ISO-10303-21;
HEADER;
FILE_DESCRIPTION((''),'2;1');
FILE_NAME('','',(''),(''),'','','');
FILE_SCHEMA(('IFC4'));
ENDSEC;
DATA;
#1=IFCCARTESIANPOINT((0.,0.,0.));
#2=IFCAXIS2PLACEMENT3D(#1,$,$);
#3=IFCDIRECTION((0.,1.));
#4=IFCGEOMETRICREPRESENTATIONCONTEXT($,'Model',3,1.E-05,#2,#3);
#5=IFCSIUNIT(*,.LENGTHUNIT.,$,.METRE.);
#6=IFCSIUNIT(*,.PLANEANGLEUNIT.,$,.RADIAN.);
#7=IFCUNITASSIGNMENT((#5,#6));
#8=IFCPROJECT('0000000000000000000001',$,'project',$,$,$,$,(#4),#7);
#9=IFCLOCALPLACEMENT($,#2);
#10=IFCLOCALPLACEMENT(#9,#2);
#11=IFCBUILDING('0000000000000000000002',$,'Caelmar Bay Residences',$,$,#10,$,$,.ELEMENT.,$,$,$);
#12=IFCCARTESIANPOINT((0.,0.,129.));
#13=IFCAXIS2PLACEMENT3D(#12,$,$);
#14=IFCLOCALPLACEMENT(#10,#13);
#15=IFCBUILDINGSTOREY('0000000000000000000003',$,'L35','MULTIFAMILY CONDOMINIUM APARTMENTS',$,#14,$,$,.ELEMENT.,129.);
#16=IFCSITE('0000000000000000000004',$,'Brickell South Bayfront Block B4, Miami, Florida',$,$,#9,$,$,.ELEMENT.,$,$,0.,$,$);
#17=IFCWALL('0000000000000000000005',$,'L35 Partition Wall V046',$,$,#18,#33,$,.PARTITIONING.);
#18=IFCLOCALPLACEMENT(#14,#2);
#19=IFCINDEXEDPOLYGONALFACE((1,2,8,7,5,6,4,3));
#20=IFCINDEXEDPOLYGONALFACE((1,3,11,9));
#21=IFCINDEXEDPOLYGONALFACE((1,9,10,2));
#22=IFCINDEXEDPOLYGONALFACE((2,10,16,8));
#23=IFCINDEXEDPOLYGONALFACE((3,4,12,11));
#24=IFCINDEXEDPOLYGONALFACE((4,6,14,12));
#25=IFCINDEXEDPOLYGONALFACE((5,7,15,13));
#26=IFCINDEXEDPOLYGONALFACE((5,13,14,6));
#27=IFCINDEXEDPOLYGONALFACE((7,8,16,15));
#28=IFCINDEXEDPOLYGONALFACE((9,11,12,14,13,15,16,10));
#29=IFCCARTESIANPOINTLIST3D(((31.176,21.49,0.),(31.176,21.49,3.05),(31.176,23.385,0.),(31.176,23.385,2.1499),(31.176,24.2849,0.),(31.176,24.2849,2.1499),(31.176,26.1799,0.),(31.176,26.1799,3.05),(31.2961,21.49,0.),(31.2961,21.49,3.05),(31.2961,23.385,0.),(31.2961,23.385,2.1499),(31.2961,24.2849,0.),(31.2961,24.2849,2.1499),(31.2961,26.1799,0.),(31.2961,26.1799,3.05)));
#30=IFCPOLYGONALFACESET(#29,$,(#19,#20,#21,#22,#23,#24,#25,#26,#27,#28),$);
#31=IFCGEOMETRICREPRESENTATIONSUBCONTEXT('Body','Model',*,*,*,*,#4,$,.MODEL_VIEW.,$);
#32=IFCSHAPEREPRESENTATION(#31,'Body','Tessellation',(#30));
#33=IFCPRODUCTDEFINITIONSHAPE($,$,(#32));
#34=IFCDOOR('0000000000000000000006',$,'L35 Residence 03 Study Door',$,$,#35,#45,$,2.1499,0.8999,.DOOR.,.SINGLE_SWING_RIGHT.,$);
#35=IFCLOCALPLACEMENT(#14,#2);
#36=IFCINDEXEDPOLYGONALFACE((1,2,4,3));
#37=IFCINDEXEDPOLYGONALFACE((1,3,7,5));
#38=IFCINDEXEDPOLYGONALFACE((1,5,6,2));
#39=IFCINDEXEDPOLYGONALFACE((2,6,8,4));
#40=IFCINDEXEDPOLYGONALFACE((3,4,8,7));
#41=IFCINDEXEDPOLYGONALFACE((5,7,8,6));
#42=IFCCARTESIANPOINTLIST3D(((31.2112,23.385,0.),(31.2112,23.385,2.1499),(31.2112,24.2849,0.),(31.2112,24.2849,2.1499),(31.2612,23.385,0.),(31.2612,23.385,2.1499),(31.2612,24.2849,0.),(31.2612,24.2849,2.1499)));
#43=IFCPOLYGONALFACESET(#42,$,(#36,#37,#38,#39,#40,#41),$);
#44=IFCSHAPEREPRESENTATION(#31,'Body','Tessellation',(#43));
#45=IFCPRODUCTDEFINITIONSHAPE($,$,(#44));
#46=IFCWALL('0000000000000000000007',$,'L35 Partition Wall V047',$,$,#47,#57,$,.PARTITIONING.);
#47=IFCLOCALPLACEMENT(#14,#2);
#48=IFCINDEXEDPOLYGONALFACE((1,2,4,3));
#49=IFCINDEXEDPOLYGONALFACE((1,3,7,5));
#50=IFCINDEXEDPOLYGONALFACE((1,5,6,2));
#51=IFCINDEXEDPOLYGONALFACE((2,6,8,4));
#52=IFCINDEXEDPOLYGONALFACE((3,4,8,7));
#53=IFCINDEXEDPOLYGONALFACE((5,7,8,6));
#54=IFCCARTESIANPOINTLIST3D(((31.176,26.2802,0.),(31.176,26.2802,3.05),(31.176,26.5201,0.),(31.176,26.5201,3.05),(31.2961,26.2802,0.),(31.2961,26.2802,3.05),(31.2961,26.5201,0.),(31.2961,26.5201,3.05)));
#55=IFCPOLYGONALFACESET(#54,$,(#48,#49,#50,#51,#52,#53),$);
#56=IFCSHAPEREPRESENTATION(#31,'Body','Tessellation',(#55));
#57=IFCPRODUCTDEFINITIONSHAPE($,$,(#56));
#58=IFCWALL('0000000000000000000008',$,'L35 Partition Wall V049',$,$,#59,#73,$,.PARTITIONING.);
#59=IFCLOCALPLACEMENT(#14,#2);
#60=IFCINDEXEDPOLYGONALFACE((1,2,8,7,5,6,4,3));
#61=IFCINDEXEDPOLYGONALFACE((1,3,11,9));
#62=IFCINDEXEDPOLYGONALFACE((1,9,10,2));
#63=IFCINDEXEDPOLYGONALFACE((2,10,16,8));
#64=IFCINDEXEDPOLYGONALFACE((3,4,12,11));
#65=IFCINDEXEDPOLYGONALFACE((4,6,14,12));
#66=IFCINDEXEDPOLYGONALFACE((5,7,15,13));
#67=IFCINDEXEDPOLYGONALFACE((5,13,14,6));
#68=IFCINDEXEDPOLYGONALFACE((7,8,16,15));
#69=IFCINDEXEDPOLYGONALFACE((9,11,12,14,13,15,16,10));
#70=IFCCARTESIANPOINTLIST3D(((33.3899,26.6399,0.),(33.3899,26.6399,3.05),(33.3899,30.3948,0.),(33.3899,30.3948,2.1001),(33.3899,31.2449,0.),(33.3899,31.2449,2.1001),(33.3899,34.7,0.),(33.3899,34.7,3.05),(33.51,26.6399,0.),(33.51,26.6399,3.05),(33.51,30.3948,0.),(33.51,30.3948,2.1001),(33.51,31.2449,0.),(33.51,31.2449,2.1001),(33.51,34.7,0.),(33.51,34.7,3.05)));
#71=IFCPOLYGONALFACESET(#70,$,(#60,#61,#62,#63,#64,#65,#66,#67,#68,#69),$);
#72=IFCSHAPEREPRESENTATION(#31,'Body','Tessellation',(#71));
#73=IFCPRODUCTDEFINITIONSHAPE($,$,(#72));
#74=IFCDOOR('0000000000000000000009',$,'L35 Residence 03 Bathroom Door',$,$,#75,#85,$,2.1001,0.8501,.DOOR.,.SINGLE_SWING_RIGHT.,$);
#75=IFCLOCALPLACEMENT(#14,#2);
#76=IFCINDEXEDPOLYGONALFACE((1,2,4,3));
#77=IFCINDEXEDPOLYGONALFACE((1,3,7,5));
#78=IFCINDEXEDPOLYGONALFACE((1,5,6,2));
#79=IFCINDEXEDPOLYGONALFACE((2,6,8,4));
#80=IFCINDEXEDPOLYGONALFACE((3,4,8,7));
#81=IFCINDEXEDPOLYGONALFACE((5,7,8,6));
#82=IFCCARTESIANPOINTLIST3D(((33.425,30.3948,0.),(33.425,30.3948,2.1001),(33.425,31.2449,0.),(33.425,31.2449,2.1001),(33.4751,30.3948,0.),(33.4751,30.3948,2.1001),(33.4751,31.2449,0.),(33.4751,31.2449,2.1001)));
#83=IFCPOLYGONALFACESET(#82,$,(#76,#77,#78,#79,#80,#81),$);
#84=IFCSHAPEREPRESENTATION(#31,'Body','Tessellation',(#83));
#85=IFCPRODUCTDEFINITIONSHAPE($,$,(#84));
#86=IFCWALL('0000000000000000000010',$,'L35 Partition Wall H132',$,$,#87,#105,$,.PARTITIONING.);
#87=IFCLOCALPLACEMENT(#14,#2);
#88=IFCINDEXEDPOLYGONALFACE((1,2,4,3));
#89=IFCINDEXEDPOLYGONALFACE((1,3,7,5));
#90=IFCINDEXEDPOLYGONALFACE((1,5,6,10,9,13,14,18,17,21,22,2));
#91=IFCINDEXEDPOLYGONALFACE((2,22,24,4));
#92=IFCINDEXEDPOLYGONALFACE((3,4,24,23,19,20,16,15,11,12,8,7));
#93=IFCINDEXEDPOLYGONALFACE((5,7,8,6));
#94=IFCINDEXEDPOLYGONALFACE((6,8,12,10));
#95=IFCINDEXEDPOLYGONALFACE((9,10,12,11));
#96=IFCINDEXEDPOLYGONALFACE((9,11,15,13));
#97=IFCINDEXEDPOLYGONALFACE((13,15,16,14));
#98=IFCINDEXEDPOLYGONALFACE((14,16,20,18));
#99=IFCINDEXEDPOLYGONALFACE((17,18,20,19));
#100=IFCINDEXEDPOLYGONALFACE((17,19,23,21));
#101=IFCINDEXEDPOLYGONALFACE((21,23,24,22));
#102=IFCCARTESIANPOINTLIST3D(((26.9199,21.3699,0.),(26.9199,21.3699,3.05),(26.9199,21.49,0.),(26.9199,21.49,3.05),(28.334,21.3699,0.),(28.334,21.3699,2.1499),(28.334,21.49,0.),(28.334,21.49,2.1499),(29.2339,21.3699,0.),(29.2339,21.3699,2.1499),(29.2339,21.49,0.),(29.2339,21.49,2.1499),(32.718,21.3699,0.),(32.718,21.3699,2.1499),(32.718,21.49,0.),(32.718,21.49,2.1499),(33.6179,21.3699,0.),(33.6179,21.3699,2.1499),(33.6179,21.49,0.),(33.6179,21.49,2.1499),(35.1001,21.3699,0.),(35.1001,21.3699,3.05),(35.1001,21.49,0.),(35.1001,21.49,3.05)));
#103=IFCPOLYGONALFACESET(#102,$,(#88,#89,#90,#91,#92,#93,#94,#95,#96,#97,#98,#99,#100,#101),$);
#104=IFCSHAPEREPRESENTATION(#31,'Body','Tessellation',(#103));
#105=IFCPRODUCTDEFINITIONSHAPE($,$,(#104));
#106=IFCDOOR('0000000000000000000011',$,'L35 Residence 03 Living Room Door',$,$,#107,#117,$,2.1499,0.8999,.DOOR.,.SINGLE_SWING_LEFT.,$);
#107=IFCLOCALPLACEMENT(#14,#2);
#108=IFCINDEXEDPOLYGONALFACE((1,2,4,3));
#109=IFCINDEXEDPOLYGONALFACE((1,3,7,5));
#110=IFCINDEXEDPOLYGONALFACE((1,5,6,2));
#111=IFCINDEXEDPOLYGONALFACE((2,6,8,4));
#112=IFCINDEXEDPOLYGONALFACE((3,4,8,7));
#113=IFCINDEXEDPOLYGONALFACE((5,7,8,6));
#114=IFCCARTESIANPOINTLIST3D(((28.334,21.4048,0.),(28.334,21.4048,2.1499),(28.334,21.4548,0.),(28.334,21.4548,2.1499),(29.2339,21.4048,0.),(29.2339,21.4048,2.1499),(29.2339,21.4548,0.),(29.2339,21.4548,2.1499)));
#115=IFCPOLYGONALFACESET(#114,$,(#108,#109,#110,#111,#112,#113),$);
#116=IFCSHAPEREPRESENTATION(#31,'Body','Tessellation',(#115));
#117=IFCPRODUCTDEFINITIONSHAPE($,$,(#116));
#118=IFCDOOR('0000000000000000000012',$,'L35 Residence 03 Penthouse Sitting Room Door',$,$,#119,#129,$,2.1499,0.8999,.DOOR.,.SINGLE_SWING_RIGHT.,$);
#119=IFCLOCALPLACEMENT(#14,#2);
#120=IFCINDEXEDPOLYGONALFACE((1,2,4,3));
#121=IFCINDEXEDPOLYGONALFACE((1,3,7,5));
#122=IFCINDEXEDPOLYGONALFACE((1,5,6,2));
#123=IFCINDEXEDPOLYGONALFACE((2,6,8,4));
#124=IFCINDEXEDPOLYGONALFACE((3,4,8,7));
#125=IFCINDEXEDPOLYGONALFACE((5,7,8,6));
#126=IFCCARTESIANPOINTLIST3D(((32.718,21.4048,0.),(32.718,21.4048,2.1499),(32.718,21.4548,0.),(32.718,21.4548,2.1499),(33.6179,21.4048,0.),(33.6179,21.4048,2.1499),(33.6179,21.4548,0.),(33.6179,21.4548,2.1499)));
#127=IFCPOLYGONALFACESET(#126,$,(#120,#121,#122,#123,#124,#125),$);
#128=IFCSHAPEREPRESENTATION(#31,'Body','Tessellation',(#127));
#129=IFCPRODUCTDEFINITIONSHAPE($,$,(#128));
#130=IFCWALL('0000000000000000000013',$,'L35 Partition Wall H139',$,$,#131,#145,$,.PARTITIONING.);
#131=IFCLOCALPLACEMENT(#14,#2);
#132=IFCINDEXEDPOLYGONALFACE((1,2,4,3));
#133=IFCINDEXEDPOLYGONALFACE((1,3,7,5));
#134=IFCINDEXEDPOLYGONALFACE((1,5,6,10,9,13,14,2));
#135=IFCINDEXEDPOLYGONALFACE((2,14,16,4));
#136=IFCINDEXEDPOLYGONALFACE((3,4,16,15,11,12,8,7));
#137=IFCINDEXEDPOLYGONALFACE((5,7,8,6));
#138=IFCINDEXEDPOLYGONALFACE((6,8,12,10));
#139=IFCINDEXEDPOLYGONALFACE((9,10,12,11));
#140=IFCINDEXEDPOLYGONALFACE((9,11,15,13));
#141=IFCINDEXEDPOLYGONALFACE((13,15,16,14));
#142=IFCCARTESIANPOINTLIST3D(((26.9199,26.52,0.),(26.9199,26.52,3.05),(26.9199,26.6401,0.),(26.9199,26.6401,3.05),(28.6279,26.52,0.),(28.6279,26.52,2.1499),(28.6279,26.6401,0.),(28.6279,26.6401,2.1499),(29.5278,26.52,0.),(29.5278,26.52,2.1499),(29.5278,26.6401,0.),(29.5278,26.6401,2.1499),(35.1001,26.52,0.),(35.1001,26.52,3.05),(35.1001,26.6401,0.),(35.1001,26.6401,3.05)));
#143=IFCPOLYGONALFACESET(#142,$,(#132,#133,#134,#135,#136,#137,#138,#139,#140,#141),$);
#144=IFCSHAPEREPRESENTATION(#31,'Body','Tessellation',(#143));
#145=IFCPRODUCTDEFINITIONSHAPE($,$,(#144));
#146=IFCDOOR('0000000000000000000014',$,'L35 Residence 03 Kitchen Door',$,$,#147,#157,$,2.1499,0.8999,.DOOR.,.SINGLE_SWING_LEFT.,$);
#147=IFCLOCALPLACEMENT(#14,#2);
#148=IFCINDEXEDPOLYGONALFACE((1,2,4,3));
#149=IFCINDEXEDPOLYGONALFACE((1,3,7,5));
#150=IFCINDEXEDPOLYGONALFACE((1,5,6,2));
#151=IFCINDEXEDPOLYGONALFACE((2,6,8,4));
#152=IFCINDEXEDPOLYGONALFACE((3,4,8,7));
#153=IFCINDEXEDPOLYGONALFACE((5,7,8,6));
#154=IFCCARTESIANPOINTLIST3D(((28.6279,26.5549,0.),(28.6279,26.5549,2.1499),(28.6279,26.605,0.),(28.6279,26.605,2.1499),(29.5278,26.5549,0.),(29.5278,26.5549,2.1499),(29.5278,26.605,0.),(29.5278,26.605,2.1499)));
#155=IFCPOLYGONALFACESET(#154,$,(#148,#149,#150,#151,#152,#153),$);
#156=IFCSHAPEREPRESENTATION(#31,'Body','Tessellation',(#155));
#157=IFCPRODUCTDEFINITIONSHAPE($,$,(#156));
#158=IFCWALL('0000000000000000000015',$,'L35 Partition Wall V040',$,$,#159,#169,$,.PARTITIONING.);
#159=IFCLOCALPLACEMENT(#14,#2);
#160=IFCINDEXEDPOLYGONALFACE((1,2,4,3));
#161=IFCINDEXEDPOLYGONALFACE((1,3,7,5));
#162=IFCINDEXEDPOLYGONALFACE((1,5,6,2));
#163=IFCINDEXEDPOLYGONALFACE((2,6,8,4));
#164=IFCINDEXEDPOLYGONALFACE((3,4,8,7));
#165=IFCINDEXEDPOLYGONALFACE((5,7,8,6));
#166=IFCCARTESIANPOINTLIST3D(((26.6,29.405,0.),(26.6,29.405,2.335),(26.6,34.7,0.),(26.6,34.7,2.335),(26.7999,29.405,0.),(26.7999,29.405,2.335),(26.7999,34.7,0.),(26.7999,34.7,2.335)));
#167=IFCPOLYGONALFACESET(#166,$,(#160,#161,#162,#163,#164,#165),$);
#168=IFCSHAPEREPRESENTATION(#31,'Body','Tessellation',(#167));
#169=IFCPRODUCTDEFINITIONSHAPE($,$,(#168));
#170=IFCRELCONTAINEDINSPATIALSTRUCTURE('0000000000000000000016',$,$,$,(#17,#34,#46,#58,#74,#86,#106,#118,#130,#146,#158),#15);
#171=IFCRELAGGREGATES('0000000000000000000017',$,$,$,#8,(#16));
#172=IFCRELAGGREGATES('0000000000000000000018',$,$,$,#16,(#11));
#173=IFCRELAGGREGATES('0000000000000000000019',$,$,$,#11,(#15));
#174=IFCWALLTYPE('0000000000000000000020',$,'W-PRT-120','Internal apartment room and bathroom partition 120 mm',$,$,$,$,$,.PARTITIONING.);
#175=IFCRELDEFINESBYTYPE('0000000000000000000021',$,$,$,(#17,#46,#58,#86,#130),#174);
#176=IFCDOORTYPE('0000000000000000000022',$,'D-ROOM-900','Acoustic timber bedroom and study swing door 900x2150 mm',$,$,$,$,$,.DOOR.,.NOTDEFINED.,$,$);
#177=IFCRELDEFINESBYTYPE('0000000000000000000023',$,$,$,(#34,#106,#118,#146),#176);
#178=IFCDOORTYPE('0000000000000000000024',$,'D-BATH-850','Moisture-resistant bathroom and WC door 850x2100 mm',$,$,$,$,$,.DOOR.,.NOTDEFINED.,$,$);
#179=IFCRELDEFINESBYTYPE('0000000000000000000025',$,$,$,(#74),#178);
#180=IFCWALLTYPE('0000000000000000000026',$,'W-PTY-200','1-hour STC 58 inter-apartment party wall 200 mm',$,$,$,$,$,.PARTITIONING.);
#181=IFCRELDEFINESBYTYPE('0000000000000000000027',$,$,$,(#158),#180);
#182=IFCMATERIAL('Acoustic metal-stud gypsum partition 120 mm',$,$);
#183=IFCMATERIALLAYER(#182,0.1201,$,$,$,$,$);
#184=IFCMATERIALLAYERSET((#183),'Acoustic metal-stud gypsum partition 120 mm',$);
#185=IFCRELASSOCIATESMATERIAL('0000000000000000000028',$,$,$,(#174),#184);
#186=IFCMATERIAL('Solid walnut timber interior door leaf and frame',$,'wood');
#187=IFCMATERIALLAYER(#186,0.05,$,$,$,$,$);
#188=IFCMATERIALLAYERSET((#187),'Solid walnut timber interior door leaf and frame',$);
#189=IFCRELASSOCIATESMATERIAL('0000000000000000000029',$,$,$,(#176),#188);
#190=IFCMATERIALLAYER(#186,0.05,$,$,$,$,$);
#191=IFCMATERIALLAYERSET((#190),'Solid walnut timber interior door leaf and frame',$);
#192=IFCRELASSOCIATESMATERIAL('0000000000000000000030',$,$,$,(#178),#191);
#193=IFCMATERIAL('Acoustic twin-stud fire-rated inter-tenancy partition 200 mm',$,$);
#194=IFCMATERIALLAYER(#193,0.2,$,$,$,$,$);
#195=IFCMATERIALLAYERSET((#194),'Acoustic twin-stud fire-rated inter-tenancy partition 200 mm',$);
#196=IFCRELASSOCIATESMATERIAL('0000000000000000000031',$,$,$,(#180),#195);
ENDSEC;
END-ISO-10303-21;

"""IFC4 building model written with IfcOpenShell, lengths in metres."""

from ifc_helpers import new_model, si_unit, direction, frame, frame_2d, origin, place, context, subcontext, project, spatial, rectangle, extrude, material, layer, layer_set, type_object, element, fill, save


model = new_model("IFC4")

# Units and contexts
model_context = context("Model", 3, precision=1e-05, world=origin(), true_north=direction((0.0, 1.0)))
body_context = subcontext(model_context, "Body", "Model", "MODEL_VIEW")
ifc_project = project(units=[si_unit("LENGTHUNIT", "METRE"), si_unit("PLANEANGLEUNIT", "RADIAN")], contexts=[model_context])

# Site, building, storey
site_placement = place(None, origin())
site = spatial("IfcSite", under=ifc_project, at=site_placement, Name="Brickell South Bayfront Block B4, Miami, Florida", CompositionType="ELEMENT", RefElevation=0.0)
building_placement = place(site_placement, origin())
building = spatial("IfcBuilding", under=site, at=building_placement, Name="Caelmar Bay Residences", CompositionType="ELEMENT")
storey_placement = place(building_placement, frame((0.0, 0.0, 129.0)))
storey = spatial("IfcBuildingStorey", under=building, at=storey_placement, Name="L35", Description="MULTIFAMILY CONDOMINIUM APARTMENTS", CompositionType="ELEMENT", Elevation=129.0)

# Shared definitions
ifc_material_1 = material(Name="Acoustic metal-stud gypsum partition 120 mm")
ifc_layer_1 = layer(ifc_material_1, 0.1201)
ifc_layer_set_1 = layer_set([ifc_layer_1], Name="Acoustic metal-stud gypsum partition 120 mm")
wall_type_1 = type_object("IfcWallType", Name="W-PRT-120", Description="Internal apartment room and bathroom partition 120 mm", PredefinedType="PARTITIONING", material=ifc_layer_set_1)

# Wall, opening, door
wall_1_placement = place(storey_placement, frame((31.2361, 21.49, 0.0), z_axis=(0.0, 0.0, 1.0), x_axis=(0.0, 1.0, 0.0)))
wall_1 = element("IfcWall", 1, at=wall_1_placement, inside=storey, type_object=wall_type_1, Name="L35 Partition Wall V046", PredefinedType="PARTITIONING", context=body_context, shape_type="SweptSolid", body=[
    extrude(rectangle(XDim=4.6899, YDim=0.1201, at=frame_2d((2.345, 0.0))), origin(), (0.0, 0.0, 1.0), 3.05),
])
opening_1_placement = place(wall_1_placement, frame((1.895, 0.0, 0.0)))
opening_1 = element("IfcOpeningElement", 2, at=opening_1_placement, cuts=wall_1, PredefinedType="OPENING", context=body_context, shape_type="SweptSolid", body=[
    extrude(rectangle(XDim=0.8999, YDim=2.1499, at=frame_2d((0.45, 1.075))), frame((0.0, 0.0701, 0.0), z_axis=(0.0, -1.0, 0.0), x_axis=(1.0, 0.0, 0.0)), (0.0, 0.0, 1.0), 0.1401),
])
ifc_material_2 = material(Name="Solid walnut timber interior door leaf and frame", Category="wood")
ifc_layer_2 = layer(ifc_material_2, 0.05)
ifc_layer_set_2 = layer_set([ifc_layer_2], Name="Solid walnut timber interior door leaf and frame")
door_type_1 = type_object("IfcDoorType", Name="D-ROOM-900", Description="Acoustic timber bedroom and study swing door 900x2150 mm", OperationType="NOTDEFINED", PredefinedType="DOOR", material=ifc_layer_set_2)
door_1_placement = place(opening_1_placement, origin())
door_1 = element("IfcDoor", 3, at=door_1_placement, inside=storey, type_object=door_type_1, Name="L35 Residence 03 Study Door", OperationType="SINGLE_SWING_RIGHT", OverallHeight=2.1499, OverallWidth=0.8999, PredefinedType="DOOR", context=body_context, shape_type="SweptSolid", body=[
    extrude(rectangle(XDim=0.8999, YDim=2.1499, at=frame_2d((0.45, 1.075))), frame((0.0, 0.0249, 0.0), z_axis=(0.0, -1.0, 0.0), x_axis=(1.0, 0.0, 0.0)), (0.0, 0.0, 1.0), 0.05),
])
fill(opening_1, door_1)

# Wall
wall_2_placement = place(storey_placement, frame((31.2361, 26.28, 0.0), z_axis=(0.0, 0.0, 1.0), x_axis=(0.0, 1.0, 0.0)))
element("IfcWall", 4, at=wall_2_placement, inside=storey, type_object=wall_type_1, Name="L35 Partition Wall V047", PredefinedType="PARTITIONING", context=body_context, shape_type="SweptSolid", body=[
    extrude(rectangle(XDim=0.24, YDim=0.1201, at=frame_2d((0.1201, 0.0))), origin(), (0.0, 0.0, 1.0), 3.05),
])

# Wall, opening, door
wall_3_placement = place(storey_placement, frame((33.45, 26.6399, 0.0), z_axis=(0.0, 0.0, 1.0), x_axis=(0.0, 1.0, 0.0)))
wall_3 = element("IfcWall", 5, at=wall_3_placement, inside=storey, type_object=wall_type_1, Name="L35 Partition Wall V049", PredefinedType="PARTITIONING", context=body_context, shape_type="SweptSolid", body=[
    extrude(rectangle(XDim=8.0601, YDim=0.1201, at=frame_2d((4.03, 0.0))), origin(), (0.0, 0.0, 1.0), 3.05),
])
opening_2_placement = place(wall_3_placement, frame((3.7549, 0.0, 0.0)))
opening_2 = element("IfcOpeningElement", 6, at=opening_2_placement, cuts=wall_3, PredefinedType="OPENING", context=body_context, shape_type="SweptSolid", body=[
    extrude(rectangle(XDim=0.8501, YDim=2.1001, at=frame_2d((0.425, 1.05))), frame((0.0, 0.0701, 0.0), z_axis=(0.0, -1.0, 0.0), x_axis=(1.0, 0.0, 0.0)), (0.0, 0.0, 1.0), 0.1401),
])
ifc_layer_3 = layer(ifc_material_2, 0.05)
ifc_layer_set_3 = layer_set([ifc_layer_3], Name="Solid walnut timber interior door leaf and frame")
door_type_2 = type_object("IfcDoorType", Name="D-BATH-850", Description="Moisture-resistant bathroom and WC door 850x2100 mm", OperationType="NOTDEFINED", PredefinedType="DOOR", material=ifc_layer_set_3)
door_2_placement = place(opening_2_placement, origin())
door_2 = element("IfcDoor", 7, at=door_2_placement, inside=storey, type_object=door_type_2, Name="L35 Residence 03 Bathroom Door", OperationType="SINGLE_SWING_RIGHT", OverallHeight=2.1001, OverallWidth=0.8501, PredefinedType="DOOR", context=body_context, shape_type="SweptSolid", body=[
    extrude(rectangle(XDim=0.8501, YDim=2.1001, at=frame_2d((0.425, 1.05))), frame((0.0, 0.0249, 0.0), z_axis=(0.0, -1.0, 0.0), x_axis=(1.0, 0.0, 0.0)), (0.0, 0.0, 1.0), 0.05),
])
fill(opening_2, door_2)

# Wall, openings, doors
wall_4_placement = place(storey_placement, frame((26.9199, 21.4299, 0.0), z_axis=(0.0, 0.0, 1.0), x_axis=(1.0, 0.0, 0.0)))
wall_4 = element("IfcWall", 8, at=wall_4_placement, inside=storey, type_object=wall_type_1, Name="L35 Partition Wall H132", PredefinedType="PARTITIONING", context=body_context, shape_type="SweptSolid", body=[
    extrude(rectangle(XDim=8.1802, YDim=0.1201, at=frame_2d((4.0901, 0.0))), origin(), (0.0, 0.0, 1.0), 3.05),
])
opening_3_placement = place(wall_4_placement, frame((1.4141, 0.0, 0.0)))
opening_3 = element("IfcOpeningElement", 9, at=opening_3_placement, cuts=wall_4, PredefinedType="OPENING", context=body_context, shape_type="SweptSolid", body=[
    extrude(rectangle(XDim=0.8999, YDim=2.1499, at=frame_2d((0.45, 1.075))), frame((0.0, 0.0701, 0.0), z_axis=(0.0, -1.0, 0.0), x_axis=(1.0, 0.0, 0.0)), (0.0, 0.0, 1.0), 0.1401),
])
opening_4_placement = place(wall_4_placement, frame((5.7981, 0.0, 0.0)))
opening_4 = element("IfcOpeningElement", 10, at=opening_4_placement, cuts=wall_4, PredefinedType="OPENING", context=body_context, shape_type="SweptSolid", body=[
    extrude(rectangle(XDim=0.8999, YDim=2.1499, at=frame_2d((0.45, 1.075))), frame((0.0, 0.0701, 0.0), z_axis=(0.0, -1.0, 0.0), x_axis=(1.0, 0.0, 0.0)), (0.0, 0.0, 1.0), 0.1401),
])
door_3_placement = place(opening_3_placement, origin())
door_3 = element("IfcDoor", 11, at=door_3_placement, inside=storey, type_object=door_type_1, Name="L35 Residence 03 Living Room Door", OperationType="SINGLE_SWING_LEFT", OverallHeight=2.1499, OverallWidth=0.8999, PredefinedType="DOOR", context=body_context, shape_type="SweptSolid", body=[
    extrude(rectangle(XDim=0.8999, YDim=2.1499, at=frame_2d((0.45, 1.075))), frame((0.0, 0.0249, 0.0), z_axis=(0.0, -1.0, 0.0), x_axis=(1.0, 0.0, 0.0)), (0.0, 0.0, 1.0), 0.05),
])
fill(opening_3, door_3)
door_4_placement = place(opening_4_placement, origin())
door_4 = element("IfcDoor", 12, at=door_4_placement, inside=storey, type_object=door_type_1, Name="L35 Residence 03 Penthouse Sitting Room Door", OperationType="SINGLE_SWING_RIGHT", OverallHeight=2.1499, OverallWidth=0.8999, PredefinedType="DOOR", context=body_context, shape_type="SweptSolid", body=[
    extrude(rectangle(XDim=0.8999, YDim=2.1499, at=frame_2d((0.45, 1.075))), frame((0.0, 0.0249, 0.0), z_axis=(0.0, -1.0, 0.0), x_axis=(1.0, 0.0, 0.0)), (0.0, 0.0, 1.0), 0.05),
])
fill(opening_4, door_4)

# Wall, opening, door
wall_5_placement = place(storey_placement, frame((26.9199, 26.5801, 0.0), z_axis=(0.0, 0.0, 1.0), x_axis=(1.0, 0.0, 0.0)))
wall_5 = element("IfcWall", 13, at=wall_5_placement, inside=storey, type_object=wall_type_1, Name="L35 Partition Wall H139", PredefinedType="PARTITIONING", context=body_context, shape_type="SweptSolid", body=[
    extrude(rectangle(XDim=8.1802, YDim=0.1201, at=frame_2d((4.0901, 0.0))), origin(), (0.0, 0.0, 1.0), 3.05),
])
opening_5_placement = place(wall_5_placement, frame((1.708, 0.0, 0.0)))
opening_5 = element("IfcOpeningElement", 14, at=opening_5_placement, cuts=wall_5, PredefinedType="OPENING", context=body_context, shape_type="SweptSolid", body=[
    extrude(rectangle(XDim=0.8999, YDim=2.1499, at=frame_2d((0.45, 1.075))), frame((0.0, 0.0701, 0.0), z_axis=(0.0, -1.0, 0.0), x_axis=(1.0, 0.0, 0.0)), (0.0, 0.0, 1.0), 0.1401),
])
door_5_placement = place(opening_5_placement, origin())
door_5 = element("IfcDoor", 15, at=door_5_placement, inside=storey, type_object=door_type_1, Name="L35 Residence 03 Kitchen Door", OperationType="SINGLE_SWING_LEFT", OverallHeight=2.1499, OverallWidth=0.8999, PredefinedType="DOOR", context=body_context, shape_type="SweptSolid", body=[
    extrude(rectangle(XDim=0.8999, YDim=2.1499, at=frame_2d((0.45, 1.075))), frame((0.0, 0.0249, 0.0), z_axis=(0.0, -1.0, 0.0), x_axis=(1.0, 0.0, 0.0)), (0.0, 0.0, 1.0), 0.05),
])
fill(opening_5, door_5)

# Wall
ifc_material_3 = material(Name="Acoustic twin-stud fire-rated inter-tenancy partition 200 mm")
ifc_layer_4 = layer(ifc_material_3, 0.2)
ifc_layer_set_4 = layer_set([ifc_layer_4], Name="Acoustic twin-stud fire-rated inter-tenancy partition 200 mm")
wall_type_2 = type_object("IfcWallType", Name="W-PTY-200", Description="1-hour STC 58 inter-apartment party wall 200 mm", PredefinedType="PARTITIONING", material=ifc_layer_set_4)
wall_6_placement = place(storey_placement, frame((26.7, 29.405, 0.0), z_axis=(0.0, 0.0, 1.0), x_axis=(0.0, 1.0, 0.0)))
element("IfcWall", 16, at=wall_6_placement, inside=storey, type_object=wall_type_2, Name="L35 Partition Wall V040", PredefinedType="PARTITIONING", context=body_context, shape_type="SweptSolid", body=[
    extrude(rectangle(XDim=5.2949, YDim=0.2, at=frame_2d((2.6475, 0.0))), origin(), (0.0, 0.0, 1.0), 2.335),
])

save(model, "model.ifc")
